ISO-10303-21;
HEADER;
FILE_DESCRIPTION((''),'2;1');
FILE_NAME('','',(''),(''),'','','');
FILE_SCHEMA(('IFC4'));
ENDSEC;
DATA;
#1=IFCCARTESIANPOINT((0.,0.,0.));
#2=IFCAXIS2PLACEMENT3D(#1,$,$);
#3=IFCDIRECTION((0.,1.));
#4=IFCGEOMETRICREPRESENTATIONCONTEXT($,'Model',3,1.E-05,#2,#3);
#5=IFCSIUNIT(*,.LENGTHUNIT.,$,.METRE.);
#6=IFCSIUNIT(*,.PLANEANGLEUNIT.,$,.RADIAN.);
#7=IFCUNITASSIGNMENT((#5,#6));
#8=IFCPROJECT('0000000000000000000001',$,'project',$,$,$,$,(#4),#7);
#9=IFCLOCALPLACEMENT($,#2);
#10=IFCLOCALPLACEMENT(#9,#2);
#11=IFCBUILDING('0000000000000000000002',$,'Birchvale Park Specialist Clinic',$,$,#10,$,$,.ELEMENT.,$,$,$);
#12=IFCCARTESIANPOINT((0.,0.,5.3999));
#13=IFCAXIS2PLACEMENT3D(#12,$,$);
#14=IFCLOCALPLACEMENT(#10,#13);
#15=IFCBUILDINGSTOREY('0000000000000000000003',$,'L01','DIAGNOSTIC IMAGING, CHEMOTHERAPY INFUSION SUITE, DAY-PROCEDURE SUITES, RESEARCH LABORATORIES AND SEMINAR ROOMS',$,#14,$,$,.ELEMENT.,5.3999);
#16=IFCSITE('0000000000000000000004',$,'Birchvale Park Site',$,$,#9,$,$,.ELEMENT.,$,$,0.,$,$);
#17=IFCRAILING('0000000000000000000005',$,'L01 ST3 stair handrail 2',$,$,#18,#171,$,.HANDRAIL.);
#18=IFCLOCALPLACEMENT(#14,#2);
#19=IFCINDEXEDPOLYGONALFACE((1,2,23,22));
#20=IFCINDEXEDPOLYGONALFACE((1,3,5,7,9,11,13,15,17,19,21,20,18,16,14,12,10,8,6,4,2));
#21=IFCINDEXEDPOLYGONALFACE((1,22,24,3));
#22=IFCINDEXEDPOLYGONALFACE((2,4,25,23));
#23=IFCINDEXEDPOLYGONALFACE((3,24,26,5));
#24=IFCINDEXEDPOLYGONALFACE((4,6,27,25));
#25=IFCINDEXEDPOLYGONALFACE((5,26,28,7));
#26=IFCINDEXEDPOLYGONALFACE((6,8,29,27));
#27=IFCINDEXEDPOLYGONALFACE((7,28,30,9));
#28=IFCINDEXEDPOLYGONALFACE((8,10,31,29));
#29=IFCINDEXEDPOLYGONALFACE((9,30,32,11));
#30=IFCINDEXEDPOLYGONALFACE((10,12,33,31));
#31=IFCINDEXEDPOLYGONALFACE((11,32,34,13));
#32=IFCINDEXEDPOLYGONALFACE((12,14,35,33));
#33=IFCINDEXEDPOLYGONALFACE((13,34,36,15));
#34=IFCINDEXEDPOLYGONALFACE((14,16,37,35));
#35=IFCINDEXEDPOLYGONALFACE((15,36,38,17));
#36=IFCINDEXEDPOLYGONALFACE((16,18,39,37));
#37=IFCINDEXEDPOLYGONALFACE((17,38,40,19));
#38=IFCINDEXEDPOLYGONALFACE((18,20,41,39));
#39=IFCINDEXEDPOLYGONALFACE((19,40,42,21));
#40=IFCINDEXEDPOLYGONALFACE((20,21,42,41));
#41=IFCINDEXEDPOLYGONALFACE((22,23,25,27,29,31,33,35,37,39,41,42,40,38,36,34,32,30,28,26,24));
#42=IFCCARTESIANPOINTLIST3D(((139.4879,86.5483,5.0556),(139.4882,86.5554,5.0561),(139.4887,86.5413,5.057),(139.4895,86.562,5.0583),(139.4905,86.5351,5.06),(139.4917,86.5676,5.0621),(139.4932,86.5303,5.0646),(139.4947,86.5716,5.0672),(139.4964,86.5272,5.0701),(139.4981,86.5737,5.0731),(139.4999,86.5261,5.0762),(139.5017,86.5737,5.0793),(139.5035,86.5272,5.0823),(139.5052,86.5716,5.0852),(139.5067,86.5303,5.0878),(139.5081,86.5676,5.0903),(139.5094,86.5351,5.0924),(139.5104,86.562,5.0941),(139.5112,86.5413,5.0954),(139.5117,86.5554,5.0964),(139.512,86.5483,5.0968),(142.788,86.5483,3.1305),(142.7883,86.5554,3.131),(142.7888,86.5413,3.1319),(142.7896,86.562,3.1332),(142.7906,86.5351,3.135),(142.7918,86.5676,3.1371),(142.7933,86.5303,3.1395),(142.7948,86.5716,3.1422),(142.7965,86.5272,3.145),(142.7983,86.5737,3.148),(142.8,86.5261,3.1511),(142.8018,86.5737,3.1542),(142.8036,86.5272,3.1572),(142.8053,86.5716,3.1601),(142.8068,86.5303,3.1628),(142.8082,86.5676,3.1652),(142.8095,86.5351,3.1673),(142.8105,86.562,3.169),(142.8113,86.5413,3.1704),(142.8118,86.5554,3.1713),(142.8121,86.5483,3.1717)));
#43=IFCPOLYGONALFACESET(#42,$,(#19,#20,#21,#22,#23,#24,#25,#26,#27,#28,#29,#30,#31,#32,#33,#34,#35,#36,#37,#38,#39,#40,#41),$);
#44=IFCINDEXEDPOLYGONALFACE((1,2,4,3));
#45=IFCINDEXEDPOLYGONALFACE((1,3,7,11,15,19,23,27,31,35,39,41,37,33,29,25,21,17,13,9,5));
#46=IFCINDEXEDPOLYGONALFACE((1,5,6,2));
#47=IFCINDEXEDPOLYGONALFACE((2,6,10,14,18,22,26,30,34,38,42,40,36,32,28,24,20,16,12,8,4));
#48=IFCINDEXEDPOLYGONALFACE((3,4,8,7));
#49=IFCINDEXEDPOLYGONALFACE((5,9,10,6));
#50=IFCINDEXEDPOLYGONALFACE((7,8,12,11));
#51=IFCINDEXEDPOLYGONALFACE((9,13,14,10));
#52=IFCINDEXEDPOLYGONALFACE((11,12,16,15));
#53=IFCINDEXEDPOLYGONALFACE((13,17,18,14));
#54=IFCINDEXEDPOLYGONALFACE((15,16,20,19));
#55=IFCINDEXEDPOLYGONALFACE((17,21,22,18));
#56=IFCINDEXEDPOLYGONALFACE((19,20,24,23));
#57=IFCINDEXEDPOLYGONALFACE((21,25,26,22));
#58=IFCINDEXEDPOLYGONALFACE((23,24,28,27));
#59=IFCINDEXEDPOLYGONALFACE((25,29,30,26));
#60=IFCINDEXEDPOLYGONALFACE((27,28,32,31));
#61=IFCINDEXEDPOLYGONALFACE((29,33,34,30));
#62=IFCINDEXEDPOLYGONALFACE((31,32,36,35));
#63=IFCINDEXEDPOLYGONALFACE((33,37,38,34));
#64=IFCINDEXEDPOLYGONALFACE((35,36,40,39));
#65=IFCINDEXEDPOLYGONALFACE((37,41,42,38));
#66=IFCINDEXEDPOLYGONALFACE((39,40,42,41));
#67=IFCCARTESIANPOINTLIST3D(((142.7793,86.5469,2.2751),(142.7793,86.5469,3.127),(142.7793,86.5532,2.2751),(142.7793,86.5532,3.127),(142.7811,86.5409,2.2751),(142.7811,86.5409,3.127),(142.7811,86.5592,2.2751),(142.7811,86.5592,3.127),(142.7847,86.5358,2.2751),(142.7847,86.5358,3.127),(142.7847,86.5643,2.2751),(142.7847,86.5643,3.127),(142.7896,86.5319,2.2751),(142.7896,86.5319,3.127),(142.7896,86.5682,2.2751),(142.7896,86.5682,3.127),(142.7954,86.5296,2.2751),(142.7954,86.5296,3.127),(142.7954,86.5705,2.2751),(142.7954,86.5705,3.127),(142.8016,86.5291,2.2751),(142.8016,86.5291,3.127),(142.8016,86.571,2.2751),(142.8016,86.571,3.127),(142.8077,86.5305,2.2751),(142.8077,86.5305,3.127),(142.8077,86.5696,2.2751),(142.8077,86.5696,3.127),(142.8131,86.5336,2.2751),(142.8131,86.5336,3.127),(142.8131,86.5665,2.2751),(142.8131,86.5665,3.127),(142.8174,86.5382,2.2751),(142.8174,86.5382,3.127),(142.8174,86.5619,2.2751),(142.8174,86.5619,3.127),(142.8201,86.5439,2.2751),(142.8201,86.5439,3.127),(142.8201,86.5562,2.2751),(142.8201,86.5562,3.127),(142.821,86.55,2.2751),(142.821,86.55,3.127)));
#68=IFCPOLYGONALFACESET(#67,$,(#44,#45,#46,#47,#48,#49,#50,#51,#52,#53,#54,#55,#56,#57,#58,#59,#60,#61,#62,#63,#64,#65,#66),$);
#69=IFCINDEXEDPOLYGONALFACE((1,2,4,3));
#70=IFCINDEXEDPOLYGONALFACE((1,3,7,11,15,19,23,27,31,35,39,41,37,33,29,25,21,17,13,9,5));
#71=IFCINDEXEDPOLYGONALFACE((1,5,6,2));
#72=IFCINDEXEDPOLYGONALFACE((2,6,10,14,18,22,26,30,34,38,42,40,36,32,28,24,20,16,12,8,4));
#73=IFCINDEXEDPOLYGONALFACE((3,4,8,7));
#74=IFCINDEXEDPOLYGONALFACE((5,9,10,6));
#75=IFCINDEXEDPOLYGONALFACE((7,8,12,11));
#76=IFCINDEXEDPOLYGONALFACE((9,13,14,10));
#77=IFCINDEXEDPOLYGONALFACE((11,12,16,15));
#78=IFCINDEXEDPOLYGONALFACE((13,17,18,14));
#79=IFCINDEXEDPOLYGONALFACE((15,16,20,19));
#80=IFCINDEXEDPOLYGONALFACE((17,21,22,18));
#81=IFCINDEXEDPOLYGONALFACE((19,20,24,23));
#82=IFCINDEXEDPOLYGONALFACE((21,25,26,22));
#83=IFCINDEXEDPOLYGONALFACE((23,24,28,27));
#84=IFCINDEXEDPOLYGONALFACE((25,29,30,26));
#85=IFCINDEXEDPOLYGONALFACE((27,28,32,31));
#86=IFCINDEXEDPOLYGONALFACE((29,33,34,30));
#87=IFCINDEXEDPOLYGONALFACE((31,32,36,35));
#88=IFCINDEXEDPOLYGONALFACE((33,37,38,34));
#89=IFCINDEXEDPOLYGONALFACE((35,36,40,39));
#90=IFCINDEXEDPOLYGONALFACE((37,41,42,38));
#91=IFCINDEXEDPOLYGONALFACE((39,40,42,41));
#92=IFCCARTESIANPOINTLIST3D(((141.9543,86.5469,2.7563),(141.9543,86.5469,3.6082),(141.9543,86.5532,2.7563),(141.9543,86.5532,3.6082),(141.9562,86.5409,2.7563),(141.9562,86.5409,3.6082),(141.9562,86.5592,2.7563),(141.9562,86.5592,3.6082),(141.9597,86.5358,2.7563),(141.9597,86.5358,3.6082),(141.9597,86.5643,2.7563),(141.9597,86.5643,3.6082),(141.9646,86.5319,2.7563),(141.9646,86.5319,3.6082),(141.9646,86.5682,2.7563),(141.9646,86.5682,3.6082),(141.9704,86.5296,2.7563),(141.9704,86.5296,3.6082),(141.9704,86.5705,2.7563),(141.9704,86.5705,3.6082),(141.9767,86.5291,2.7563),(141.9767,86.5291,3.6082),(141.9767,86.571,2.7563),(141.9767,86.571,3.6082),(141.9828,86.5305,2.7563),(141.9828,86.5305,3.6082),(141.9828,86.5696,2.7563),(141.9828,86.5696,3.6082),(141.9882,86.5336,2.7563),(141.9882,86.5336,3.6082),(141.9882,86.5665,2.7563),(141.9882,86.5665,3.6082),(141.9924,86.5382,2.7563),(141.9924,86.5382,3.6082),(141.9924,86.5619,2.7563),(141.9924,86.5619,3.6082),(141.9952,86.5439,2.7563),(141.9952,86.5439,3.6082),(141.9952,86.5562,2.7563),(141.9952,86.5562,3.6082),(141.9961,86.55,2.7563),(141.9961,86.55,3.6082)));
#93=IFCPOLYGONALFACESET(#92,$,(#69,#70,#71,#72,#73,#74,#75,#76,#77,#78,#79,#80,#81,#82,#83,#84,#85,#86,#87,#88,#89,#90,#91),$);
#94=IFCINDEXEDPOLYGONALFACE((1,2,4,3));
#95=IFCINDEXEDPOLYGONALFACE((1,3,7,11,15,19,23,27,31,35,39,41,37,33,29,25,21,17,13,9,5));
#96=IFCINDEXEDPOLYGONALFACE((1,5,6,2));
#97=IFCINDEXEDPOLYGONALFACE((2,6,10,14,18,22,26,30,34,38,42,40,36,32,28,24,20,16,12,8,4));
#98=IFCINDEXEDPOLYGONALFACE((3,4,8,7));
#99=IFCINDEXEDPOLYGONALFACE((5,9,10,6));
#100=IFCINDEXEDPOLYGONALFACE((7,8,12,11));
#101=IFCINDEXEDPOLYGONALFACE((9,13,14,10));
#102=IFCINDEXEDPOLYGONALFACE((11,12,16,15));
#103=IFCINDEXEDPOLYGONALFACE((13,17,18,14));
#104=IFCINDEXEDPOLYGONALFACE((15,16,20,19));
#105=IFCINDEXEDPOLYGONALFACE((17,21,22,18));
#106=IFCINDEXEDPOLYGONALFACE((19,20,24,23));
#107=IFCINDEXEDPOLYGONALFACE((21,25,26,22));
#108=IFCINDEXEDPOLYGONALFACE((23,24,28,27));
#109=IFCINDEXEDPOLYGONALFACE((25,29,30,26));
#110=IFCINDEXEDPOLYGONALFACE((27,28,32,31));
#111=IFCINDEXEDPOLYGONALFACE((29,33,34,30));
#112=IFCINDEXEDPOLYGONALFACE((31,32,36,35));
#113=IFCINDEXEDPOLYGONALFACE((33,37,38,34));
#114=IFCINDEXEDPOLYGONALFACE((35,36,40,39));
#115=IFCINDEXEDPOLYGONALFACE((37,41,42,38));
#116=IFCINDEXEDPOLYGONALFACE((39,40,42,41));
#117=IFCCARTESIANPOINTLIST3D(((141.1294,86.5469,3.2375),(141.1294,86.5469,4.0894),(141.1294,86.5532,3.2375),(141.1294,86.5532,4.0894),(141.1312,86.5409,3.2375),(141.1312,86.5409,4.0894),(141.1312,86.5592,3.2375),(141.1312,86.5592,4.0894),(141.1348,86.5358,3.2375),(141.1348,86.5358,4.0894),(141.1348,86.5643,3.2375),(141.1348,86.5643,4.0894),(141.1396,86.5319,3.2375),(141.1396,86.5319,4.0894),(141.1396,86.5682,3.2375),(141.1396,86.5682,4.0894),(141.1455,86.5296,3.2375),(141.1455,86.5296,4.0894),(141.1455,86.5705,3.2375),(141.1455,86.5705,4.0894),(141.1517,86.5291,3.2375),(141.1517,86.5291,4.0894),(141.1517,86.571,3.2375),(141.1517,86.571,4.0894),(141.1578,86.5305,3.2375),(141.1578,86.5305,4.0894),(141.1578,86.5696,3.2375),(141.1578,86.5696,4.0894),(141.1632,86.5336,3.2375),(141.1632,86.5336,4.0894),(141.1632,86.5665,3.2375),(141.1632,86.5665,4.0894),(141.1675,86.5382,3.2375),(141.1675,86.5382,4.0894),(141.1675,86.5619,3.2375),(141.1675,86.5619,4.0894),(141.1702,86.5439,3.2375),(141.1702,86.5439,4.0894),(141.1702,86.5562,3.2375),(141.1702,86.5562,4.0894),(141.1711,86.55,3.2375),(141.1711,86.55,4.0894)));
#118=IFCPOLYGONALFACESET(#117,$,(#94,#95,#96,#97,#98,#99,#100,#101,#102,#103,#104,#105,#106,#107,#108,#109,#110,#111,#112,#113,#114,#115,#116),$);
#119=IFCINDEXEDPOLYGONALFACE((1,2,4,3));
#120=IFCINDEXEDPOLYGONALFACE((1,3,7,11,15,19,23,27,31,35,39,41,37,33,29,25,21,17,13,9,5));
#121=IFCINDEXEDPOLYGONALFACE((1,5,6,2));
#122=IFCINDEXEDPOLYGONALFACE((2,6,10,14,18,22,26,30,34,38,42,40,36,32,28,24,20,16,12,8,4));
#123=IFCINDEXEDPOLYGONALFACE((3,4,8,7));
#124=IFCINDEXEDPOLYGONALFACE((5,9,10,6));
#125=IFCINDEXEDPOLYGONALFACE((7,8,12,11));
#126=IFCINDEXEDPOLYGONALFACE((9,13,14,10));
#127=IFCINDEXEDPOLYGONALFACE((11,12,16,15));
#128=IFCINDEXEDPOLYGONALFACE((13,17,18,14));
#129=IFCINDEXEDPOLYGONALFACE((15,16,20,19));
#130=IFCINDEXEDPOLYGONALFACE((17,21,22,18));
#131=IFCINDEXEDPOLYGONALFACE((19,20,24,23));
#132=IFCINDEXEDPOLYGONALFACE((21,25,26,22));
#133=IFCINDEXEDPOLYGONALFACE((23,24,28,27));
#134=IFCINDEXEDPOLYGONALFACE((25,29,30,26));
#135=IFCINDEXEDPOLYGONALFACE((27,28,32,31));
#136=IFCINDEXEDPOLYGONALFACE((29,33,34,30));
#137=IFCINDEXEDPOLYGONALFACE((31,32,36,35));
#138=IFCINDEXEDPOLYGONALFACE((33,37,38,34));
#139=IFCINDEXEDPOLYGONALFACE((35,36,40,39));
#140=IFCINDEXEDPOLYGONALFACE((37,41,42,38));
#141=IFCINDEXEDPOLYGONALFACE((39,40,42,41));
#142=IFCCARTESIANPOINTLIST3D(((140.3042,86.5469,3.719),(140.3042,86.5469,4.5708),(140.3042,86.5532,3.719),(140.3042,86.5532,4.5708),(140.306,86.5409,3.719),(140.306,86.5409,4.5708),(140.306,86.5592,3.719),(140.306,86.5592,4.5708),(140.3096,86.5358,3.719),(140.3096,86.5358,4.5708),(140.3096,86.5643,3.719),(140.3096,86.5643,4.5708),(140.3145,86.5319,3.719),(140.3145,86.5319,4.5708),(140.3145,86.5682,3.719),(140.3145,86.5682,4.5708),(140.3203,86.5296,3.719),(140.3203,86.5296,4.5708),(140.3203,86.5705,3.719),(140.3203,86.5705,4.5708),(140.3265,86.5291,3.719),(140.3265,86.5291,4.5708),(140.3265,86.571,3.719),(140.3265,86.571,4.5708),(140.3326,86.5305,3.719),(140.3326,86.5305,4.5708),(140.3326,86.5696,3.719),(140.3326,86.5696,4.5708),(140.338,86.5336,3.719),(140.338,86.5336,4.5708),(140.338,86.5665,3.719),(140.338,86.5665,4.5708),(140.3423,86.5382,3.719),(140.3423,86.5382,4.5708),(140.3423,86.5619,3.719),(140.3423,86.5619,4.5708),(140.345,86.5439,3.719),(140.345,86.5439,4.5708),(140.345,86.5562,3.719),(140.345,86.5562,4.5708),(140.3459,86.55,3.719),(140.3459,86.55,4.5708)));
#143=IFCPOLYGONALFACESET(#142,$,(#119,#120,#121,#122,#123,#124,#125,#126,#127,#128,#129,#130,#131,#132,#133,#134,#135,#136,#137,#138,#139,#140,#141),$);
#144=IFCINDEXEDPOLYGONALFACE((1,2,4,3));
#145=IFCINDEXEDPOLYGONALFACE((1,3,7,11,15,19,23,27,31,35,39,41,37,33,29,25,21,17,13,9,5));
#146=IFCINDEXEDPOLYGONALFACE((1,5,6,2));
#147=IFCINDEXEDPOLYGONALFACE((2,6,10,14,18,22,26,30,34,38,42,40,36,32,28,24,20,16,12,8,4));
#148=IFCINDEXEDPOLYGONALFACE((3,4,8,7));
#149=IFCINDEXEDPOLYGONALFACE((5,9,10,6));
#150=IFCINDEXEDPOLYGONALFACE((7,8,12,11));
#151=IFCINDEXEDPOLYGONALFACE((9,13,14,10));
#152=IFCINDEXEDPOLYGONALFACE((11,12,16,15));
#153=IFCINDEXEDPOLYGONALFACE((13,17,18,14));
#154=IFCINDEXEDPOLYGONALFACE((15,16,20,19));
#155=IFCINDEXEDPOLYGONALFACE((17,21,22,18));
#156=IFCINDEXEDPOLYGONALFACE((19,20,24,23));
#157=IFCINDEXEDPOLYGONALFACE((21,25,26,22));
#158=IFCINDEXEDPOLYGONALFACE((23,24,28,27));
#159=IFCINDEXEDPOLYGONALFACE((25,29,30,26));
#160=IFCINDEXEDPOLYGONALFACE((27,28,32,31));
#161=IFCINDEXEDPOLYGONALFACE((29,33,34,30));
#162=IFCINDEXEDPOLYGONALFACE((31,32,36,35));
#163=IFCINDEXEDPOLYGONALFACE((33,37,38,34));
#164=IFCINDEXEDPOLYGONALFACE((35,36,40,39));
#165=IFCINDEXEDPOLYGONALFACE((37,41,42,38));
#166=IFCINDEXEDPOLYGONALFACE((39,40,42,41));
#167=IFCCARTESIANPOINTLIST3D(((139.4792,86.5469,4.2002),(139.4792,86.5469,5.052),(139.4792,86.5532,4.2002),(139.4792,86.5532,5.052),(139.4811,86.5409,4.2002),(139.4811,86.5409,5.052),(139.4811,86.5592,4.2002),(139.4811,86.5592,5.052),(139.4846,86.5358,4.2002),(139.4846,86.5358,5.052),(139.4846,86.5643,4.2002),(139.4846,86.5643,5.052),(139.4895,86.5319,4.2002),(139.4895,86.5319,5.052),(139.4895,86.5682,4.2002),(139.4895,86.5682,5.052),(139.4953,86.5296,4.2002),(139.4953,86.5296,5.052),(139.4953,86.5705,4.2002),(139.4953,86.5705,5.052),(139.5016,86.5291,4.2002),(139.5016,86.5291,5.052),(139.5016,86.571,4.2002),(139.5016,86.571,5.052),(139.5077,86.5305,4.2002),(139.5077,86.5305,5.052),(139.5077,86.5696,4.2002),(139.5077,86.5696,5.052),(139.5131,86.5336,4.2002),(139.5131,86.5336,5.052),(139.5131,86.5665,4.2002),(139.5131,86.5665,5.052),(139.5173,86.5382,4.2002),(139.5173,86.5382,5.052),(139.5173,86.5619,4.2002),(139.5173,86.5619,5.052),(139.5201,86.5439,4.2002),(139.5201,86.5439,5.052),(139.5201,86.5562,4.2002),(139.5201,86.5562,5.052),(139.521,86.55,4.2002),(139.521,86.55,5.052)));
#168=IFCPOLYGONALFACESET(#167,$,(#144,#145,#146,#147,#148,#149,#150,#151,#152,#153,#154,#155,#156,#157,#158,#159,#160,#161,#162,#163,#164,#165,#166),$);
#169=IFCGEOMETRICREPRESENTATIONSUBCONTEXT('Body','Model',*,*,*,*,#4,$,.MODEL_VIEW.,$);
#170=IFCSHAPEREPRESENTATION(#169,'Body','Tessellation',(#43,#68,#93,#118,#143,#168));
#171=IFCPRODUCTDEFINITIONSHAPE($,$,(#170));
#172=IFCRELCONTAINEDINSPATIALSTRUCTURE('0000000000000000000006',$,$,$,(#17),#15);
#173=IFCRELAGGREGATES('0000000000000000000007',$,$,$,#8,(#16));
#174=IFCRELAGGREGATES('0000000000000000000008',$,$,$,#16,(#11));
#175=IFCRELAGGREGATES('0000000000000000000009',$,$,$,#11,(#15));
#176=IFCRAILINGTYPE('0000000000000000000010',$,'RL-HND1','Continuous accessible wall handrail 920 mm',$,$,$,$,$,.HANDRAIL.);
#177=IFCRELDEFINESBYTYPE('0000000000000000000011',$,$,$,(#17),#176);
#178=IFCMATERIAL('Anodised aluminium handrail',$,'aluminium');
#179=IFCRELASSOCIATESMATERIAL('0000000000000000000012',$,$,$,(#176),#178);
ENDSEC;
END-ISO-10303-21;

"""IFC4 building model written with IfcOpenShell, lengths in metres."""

from ifc_helpers import new_model, si_unit, direction, frame, origin, origin_2d, place, context, subcontext, project, spatial, circle, extrude, material, type_object, element, save


model = new_model("IFC4")

# Units and contexts
model_context = context("Model", 3, precision=1e-05, world=origin(), true_north=direction((0.0, 1.0)))
body_context = subcontext(model_context, "Body", "Model", "MODEL_VIEW")
ifc_project = project(units=[si_unit("LENGTHUNIT", "METRE"), si_unit("PLANEANGLEUNIT", "RADIAN")], contexts=[model_context])

# Site, building, storey
site_placement = place(None, origin())
site = spatial("IfcSite", under=ifc_project, at=site_placement, Name="Birchvale Park Site", CompositionType="ELEMENT", RefElevation=0.0)
building_placement = place(site_placement, origin())
building = spatial("IfcBuilding", under=site, at=building_placement, Name="Birchvale Park Specialist Clinic", CompositionType="ELEMENT")
storey_placement = place(building_placement, frame((0.0, 0.0, 5.3999)))
storey = spatial("IfcBuildingStorey", under=building, at=storey_placement, Name="L01", Description="DIAGNOSTIC IMAGING, CHEMOTHERAPY INFUSION SUITE, DAY-PROCEDURE SUITES, RESEARCH LABORATORIES AND SEMINAR ROOMS", CompositionType="ELEMENT", Elevation=5.3999)

# Railing
ifc_material_1 = material(Name="Anodised aluminium handrail", Category="aluminium")
railing_type_1 = type_object("IfcRailingType", Name="RL-HND1", Description="Continuous accessible wall handrail 920 mm", PredefinedType="HANDRAIL", material=ifc_material_1)
railing_1_placement = place(storey_placement, frame((142.8, 86.55, 2.2751)))
element("IfcRailing", 1, at=railing_1_placement, inside=storey, type_object=railing_type_1, Name="L01 ST3 stair handrail 2", PredefinedType="HANDRAIL", context=body_context, shape_type="SweptSolid", body=[
    extrude(circle(Radius=0.0239, at=origin_2d()), frame((0.0, 0.0, 0.876), z_axis=(-0.863777, 0.0, 0.503875), x_axis=(0.0, -1.0, 0.0)), (0.0, 0.0, 1.0), 3.8206),
    extrude(circle(Radius=0.021, at=origin_2d()), origin(), (0.0, 0.0, 1.0), 0.8518),
    extrude(circle(Radius=0.021, at=origin_2d()), frame((-0.825, 0.0, 0.4812)), (0.0, 0.0, 1.0), 0.8518),
    extrude(circle(Radius=0.021, at=origin_2d()), frame((-1.6499, 0.0, 0.9624)), (0.0, 0.0, 1.0), 0.8518),
    extrude(circle(Radius=0.021, at=origin_2d()), frame((-2.4751, 0.0, 1.4438)), (0.0, 0.0, 1.0), 0.8518),
    extrude(circle(Radius=0.021, at=origin_2d()), frame((-3.3, 0.0, 1.925)), (0.0, 0.0, 1.0), 0.8518),
])

save(model, "model.ifc")
